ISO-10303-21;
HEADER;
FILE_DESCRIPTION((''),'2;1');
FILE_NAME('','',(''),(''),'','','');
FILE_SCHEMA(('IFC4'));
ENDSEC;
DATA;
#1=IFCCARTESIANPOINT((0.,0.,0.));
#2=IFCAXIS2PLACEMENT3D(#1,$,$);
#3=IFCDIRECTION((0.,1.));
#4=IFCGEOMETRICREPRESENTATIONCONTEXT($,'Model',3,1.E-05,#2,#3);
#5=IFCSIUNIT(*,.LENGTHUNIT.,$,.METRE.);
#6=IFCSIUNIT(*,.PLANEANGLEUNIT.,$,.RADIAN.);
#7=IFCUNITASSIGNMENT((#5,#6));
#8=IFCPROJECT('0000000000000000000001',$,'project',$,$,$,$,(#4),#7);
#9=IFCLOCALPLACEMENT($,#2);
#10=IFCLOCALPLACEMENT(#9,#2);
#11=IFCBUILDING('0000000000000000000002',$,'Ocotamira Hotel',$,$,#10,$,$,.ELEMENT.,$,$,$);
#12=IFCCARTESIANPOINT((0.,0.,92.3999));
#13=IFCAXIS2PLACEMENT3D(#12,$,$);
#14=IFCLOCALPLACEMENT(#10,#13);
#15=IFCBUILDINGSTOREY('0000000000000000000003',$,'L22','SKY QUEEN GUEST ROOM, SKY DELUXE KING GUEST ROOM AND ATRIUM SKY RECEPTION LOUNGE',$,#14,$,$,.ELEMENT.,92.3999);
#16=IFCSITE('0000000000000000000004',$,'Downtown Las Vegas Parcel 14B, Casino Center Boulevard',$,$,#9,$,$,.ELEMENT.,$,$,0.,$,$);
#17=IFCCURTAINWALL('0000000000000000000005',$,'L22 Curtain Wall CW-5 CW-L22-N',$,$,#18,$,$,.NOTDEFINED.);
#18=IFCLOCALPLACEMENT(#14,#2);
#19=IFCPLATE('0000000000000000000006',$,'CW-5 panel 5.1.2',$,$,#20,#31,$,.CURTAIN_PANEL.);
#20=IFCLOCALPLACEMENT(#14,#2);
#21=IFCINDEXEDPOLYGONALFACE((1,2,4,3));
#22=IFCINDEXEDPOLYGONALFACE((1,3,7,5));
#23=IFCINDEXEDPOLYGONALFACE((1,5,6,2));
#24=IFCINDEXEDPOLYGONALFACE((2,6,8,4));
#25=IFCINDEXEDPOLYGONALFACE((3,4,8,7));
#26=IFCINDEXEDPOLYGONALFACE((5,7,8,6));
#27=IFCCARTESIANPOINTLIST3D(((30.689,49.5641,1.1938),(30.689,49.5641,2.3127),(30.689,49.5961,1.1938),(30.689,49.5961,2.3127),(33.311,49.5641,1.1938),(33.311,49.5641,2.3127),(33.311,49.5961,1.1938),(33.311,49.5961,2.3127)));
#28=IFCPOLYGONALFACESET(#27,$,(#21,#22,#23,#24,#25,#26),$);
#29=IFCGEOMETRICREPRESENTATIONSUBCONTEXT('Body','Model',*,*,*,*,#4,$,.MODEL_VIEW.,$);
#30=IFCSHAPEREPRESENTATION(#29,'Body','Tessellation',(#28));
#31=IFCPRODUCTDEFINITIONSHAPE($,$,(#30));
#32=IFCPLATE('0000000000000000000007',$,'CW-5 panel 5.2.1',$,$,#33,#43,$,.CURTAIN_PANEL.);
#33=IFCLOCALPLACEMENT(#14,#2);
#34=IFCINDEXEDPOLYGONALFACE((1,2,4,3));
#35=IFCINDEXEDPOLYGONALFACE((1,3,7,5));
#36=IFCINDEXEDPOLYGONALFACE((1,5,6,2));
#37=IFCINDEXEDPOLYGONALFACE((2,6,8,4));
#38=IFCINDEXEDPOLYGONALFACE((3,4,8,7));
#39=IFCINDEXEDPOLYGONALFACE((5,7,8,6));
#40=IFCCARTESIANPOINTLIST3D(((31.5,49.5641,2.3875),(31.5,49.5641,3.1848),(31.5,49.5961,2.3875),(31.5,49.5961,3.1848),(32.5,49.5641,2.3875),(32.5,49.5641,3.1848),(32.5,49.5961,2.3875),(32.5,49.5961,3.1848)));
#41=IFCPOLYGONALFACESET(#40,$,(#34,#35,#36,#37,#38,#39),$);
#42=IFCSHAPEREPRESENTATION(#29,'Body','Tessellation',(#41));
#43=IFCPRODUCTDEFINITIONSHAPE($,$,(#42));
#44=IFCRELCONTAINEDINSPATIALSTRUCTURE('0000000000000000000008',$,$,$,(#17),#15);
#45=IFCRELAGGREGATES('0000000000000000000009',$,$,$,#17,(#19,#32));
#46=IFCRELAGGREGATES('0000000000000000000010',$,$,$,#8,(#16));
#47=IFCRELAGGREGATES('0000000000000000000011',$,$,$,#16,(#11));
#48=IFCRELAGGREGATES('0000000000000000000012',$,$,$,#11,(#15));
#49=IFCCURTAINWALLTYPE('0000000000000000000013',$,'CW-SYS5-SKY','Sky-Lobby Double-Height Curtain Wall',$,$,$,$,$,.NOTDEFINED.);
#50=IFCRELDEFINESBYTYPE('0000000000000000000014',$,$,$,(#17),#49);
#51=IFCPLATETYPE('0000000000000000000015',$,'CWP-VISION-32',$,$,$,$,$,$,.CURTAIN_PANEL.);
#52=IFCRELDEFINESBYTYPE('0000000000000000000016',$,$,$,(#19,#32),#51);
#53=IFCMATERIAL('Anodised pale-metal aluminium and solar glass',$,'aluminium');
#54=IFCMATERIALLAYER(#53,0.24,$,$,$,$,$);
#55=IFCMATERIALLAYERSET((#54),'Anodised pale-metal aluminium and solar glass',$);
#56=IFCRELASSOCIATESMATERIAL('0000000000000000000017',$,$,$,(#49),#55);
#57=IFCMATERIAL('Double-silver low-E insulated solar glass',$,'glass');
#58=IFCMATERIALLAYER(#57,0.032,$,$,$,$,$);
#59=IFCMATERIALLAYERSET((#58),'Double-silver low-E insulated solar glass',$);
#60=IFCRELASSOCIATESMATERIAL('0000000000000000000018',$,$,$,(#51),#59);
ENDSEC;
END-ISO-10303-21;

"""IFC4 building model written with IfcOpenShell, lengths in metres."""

from ifc_helpers import new_model, si_unit, direction, frame, origin, origin_2d, place, context, subcontext, project, spatial, rectangle, extrude, source, transform, mapped, material, layer, layer_set, type_object, element, aggregate, save


model = new_model("IFC4")

# Units and contexts
model_context = context("Model", 3, precision=1e-05, world=origin(), true_north=direction((0.0, 1.0)))
body_context = subcontext(model_context, "Body", "Model", "MODEL_VIEW")
ifc_project = project(units=[si_unit("LENGTHUNIT", "METRE"), si_unit("PLANEANGLEUNIT", "RADIAN")], contexts=[model_context])

# Site, building, storey
site_placement = place(None, origin())
site = spatial("IfcSite", under=ifc_project, at=site_placement, Name="Downtown Las Vegas Parcel 14B, Casino Center Boulevard", CompositionType="ELEMENT", RefElevation=0.0)
building_placement = place(site_placement, origin())
building = spatial("IfcBuilding", under=site, at=building_placement, Name="Ocotamira Hotel", CompositionType="ELEMENT")
storey_placement = place(building_placement, frame((0.0, 0.0, 92.3999)))
storey = spatial("IfcBuildingStorey", under=building, at=storey_placement, Name="L22", Description="SKY QUEEN GUEST ROOM, SKY DELUXE KING GUEST ROOM AND ATRIUM SKY RECEPTION LOUNGE", CompositionType="ELEMENT", Elevation=92.3999)

# Curtain wall
ifc_material_1 = material(Name="Anodised pale-metal aluminium and solar glass", Category="aluminium")
ifc_layer_1 = layer(ifc_material_1, 0.24)
ifc_layer_set_1 = layer_set([ifc_layer_1], Name="Anodised pale-metal aluminium and solar glass")
curtain_wall_type = type_object("IfcCurtainWallType", Name="CW-SYS5-SKY", Description="Sky-Lobby Double-Height Curtain Wall", PredefinedType="NOTDEFINED", material=ifc_layer_set_1)
curtain_wall_placement = place(storey_placement, origin())
curtain_wall = element("IfcCurtainWall", 1, at=curtain_wall_placement, inside=storey, type_object=curtain_wall_type, Name="L22 Curtain Wall CW-5 CW-L22-N", PredefinedType="NOTDEFINED")

# Plates
ifc_material_2 = material(Name="Double-silver low-E insulated solar glass", Category="glass")
ifc_layer_2 = layer(ifc_material_2, 0.032)
ifc_layer_set_2 = layer_set([ifc_layer_2], Name="Double-silver low-E insulated solar glass")
plate_type_1 = type_object("IfcPlateType", Name="CWP-VISION-32", PredefinedType="CURTAIN_PANEL", material=ifc_layer_set_2)
shared_shape_1 = source(origin(), body_context, "Body", "SweptSolid", [
    extrude(rectangle(XDim=2.6221, YDim=0.032, at=origin_2d()), origin(), (0.0, 0.0, 1.0), 1.1189),
])
plate_1_placement = place(storey_placement, frame((32.0, 49.5801, 1.1938), z_axis=(0.0, 0.0, 1.0), x_axis=(1.0, 0.0, 0.0)))
plate_1 = element("IfcPlate", 2, at=plate_1_placement, type_object=plate_type_1, Name="CW-5 panel 5.1.2", PredefinedType="CURTAIN_PANEL", context=body_context, shape_type="MappedRepresentation", body=[
    mapped(shared_shape_1, transform((0.0, 0.0, 0.0), scale=1.0)),
])
shared_shape_2 = source(origin(), body_context, "Body", "SweptSolid", [
    extrude(rectangle(XDim=1.0, YDim=0.032, at=origin_2d()), origin(), (0.0, 0.0, 1.0), 0.7974),
])
plate_2_placement = place(storey_placement, frame((32.0, 49.5801, 2.3875), z_axis=(0.0, 0.0, 1.0), x_axis=(1.0, 0.0, 0.0)))
plate_2 = element("IfcPlate", 3, at=plate_2_placement, type_object=plate_type_1, Name="CW-5 panel 5.2.1", PredefinedType="CURTAIN_PANEL", context=body_context, shape_type="MappedRepresentation", body=[
    mapped(shared_shape_2, transform((0.0, 0.0, 0.0), scale=1.0)),
])
aggregate(curtain_wall, [plate_1, plate_2])

save(model, "model.ifc")
